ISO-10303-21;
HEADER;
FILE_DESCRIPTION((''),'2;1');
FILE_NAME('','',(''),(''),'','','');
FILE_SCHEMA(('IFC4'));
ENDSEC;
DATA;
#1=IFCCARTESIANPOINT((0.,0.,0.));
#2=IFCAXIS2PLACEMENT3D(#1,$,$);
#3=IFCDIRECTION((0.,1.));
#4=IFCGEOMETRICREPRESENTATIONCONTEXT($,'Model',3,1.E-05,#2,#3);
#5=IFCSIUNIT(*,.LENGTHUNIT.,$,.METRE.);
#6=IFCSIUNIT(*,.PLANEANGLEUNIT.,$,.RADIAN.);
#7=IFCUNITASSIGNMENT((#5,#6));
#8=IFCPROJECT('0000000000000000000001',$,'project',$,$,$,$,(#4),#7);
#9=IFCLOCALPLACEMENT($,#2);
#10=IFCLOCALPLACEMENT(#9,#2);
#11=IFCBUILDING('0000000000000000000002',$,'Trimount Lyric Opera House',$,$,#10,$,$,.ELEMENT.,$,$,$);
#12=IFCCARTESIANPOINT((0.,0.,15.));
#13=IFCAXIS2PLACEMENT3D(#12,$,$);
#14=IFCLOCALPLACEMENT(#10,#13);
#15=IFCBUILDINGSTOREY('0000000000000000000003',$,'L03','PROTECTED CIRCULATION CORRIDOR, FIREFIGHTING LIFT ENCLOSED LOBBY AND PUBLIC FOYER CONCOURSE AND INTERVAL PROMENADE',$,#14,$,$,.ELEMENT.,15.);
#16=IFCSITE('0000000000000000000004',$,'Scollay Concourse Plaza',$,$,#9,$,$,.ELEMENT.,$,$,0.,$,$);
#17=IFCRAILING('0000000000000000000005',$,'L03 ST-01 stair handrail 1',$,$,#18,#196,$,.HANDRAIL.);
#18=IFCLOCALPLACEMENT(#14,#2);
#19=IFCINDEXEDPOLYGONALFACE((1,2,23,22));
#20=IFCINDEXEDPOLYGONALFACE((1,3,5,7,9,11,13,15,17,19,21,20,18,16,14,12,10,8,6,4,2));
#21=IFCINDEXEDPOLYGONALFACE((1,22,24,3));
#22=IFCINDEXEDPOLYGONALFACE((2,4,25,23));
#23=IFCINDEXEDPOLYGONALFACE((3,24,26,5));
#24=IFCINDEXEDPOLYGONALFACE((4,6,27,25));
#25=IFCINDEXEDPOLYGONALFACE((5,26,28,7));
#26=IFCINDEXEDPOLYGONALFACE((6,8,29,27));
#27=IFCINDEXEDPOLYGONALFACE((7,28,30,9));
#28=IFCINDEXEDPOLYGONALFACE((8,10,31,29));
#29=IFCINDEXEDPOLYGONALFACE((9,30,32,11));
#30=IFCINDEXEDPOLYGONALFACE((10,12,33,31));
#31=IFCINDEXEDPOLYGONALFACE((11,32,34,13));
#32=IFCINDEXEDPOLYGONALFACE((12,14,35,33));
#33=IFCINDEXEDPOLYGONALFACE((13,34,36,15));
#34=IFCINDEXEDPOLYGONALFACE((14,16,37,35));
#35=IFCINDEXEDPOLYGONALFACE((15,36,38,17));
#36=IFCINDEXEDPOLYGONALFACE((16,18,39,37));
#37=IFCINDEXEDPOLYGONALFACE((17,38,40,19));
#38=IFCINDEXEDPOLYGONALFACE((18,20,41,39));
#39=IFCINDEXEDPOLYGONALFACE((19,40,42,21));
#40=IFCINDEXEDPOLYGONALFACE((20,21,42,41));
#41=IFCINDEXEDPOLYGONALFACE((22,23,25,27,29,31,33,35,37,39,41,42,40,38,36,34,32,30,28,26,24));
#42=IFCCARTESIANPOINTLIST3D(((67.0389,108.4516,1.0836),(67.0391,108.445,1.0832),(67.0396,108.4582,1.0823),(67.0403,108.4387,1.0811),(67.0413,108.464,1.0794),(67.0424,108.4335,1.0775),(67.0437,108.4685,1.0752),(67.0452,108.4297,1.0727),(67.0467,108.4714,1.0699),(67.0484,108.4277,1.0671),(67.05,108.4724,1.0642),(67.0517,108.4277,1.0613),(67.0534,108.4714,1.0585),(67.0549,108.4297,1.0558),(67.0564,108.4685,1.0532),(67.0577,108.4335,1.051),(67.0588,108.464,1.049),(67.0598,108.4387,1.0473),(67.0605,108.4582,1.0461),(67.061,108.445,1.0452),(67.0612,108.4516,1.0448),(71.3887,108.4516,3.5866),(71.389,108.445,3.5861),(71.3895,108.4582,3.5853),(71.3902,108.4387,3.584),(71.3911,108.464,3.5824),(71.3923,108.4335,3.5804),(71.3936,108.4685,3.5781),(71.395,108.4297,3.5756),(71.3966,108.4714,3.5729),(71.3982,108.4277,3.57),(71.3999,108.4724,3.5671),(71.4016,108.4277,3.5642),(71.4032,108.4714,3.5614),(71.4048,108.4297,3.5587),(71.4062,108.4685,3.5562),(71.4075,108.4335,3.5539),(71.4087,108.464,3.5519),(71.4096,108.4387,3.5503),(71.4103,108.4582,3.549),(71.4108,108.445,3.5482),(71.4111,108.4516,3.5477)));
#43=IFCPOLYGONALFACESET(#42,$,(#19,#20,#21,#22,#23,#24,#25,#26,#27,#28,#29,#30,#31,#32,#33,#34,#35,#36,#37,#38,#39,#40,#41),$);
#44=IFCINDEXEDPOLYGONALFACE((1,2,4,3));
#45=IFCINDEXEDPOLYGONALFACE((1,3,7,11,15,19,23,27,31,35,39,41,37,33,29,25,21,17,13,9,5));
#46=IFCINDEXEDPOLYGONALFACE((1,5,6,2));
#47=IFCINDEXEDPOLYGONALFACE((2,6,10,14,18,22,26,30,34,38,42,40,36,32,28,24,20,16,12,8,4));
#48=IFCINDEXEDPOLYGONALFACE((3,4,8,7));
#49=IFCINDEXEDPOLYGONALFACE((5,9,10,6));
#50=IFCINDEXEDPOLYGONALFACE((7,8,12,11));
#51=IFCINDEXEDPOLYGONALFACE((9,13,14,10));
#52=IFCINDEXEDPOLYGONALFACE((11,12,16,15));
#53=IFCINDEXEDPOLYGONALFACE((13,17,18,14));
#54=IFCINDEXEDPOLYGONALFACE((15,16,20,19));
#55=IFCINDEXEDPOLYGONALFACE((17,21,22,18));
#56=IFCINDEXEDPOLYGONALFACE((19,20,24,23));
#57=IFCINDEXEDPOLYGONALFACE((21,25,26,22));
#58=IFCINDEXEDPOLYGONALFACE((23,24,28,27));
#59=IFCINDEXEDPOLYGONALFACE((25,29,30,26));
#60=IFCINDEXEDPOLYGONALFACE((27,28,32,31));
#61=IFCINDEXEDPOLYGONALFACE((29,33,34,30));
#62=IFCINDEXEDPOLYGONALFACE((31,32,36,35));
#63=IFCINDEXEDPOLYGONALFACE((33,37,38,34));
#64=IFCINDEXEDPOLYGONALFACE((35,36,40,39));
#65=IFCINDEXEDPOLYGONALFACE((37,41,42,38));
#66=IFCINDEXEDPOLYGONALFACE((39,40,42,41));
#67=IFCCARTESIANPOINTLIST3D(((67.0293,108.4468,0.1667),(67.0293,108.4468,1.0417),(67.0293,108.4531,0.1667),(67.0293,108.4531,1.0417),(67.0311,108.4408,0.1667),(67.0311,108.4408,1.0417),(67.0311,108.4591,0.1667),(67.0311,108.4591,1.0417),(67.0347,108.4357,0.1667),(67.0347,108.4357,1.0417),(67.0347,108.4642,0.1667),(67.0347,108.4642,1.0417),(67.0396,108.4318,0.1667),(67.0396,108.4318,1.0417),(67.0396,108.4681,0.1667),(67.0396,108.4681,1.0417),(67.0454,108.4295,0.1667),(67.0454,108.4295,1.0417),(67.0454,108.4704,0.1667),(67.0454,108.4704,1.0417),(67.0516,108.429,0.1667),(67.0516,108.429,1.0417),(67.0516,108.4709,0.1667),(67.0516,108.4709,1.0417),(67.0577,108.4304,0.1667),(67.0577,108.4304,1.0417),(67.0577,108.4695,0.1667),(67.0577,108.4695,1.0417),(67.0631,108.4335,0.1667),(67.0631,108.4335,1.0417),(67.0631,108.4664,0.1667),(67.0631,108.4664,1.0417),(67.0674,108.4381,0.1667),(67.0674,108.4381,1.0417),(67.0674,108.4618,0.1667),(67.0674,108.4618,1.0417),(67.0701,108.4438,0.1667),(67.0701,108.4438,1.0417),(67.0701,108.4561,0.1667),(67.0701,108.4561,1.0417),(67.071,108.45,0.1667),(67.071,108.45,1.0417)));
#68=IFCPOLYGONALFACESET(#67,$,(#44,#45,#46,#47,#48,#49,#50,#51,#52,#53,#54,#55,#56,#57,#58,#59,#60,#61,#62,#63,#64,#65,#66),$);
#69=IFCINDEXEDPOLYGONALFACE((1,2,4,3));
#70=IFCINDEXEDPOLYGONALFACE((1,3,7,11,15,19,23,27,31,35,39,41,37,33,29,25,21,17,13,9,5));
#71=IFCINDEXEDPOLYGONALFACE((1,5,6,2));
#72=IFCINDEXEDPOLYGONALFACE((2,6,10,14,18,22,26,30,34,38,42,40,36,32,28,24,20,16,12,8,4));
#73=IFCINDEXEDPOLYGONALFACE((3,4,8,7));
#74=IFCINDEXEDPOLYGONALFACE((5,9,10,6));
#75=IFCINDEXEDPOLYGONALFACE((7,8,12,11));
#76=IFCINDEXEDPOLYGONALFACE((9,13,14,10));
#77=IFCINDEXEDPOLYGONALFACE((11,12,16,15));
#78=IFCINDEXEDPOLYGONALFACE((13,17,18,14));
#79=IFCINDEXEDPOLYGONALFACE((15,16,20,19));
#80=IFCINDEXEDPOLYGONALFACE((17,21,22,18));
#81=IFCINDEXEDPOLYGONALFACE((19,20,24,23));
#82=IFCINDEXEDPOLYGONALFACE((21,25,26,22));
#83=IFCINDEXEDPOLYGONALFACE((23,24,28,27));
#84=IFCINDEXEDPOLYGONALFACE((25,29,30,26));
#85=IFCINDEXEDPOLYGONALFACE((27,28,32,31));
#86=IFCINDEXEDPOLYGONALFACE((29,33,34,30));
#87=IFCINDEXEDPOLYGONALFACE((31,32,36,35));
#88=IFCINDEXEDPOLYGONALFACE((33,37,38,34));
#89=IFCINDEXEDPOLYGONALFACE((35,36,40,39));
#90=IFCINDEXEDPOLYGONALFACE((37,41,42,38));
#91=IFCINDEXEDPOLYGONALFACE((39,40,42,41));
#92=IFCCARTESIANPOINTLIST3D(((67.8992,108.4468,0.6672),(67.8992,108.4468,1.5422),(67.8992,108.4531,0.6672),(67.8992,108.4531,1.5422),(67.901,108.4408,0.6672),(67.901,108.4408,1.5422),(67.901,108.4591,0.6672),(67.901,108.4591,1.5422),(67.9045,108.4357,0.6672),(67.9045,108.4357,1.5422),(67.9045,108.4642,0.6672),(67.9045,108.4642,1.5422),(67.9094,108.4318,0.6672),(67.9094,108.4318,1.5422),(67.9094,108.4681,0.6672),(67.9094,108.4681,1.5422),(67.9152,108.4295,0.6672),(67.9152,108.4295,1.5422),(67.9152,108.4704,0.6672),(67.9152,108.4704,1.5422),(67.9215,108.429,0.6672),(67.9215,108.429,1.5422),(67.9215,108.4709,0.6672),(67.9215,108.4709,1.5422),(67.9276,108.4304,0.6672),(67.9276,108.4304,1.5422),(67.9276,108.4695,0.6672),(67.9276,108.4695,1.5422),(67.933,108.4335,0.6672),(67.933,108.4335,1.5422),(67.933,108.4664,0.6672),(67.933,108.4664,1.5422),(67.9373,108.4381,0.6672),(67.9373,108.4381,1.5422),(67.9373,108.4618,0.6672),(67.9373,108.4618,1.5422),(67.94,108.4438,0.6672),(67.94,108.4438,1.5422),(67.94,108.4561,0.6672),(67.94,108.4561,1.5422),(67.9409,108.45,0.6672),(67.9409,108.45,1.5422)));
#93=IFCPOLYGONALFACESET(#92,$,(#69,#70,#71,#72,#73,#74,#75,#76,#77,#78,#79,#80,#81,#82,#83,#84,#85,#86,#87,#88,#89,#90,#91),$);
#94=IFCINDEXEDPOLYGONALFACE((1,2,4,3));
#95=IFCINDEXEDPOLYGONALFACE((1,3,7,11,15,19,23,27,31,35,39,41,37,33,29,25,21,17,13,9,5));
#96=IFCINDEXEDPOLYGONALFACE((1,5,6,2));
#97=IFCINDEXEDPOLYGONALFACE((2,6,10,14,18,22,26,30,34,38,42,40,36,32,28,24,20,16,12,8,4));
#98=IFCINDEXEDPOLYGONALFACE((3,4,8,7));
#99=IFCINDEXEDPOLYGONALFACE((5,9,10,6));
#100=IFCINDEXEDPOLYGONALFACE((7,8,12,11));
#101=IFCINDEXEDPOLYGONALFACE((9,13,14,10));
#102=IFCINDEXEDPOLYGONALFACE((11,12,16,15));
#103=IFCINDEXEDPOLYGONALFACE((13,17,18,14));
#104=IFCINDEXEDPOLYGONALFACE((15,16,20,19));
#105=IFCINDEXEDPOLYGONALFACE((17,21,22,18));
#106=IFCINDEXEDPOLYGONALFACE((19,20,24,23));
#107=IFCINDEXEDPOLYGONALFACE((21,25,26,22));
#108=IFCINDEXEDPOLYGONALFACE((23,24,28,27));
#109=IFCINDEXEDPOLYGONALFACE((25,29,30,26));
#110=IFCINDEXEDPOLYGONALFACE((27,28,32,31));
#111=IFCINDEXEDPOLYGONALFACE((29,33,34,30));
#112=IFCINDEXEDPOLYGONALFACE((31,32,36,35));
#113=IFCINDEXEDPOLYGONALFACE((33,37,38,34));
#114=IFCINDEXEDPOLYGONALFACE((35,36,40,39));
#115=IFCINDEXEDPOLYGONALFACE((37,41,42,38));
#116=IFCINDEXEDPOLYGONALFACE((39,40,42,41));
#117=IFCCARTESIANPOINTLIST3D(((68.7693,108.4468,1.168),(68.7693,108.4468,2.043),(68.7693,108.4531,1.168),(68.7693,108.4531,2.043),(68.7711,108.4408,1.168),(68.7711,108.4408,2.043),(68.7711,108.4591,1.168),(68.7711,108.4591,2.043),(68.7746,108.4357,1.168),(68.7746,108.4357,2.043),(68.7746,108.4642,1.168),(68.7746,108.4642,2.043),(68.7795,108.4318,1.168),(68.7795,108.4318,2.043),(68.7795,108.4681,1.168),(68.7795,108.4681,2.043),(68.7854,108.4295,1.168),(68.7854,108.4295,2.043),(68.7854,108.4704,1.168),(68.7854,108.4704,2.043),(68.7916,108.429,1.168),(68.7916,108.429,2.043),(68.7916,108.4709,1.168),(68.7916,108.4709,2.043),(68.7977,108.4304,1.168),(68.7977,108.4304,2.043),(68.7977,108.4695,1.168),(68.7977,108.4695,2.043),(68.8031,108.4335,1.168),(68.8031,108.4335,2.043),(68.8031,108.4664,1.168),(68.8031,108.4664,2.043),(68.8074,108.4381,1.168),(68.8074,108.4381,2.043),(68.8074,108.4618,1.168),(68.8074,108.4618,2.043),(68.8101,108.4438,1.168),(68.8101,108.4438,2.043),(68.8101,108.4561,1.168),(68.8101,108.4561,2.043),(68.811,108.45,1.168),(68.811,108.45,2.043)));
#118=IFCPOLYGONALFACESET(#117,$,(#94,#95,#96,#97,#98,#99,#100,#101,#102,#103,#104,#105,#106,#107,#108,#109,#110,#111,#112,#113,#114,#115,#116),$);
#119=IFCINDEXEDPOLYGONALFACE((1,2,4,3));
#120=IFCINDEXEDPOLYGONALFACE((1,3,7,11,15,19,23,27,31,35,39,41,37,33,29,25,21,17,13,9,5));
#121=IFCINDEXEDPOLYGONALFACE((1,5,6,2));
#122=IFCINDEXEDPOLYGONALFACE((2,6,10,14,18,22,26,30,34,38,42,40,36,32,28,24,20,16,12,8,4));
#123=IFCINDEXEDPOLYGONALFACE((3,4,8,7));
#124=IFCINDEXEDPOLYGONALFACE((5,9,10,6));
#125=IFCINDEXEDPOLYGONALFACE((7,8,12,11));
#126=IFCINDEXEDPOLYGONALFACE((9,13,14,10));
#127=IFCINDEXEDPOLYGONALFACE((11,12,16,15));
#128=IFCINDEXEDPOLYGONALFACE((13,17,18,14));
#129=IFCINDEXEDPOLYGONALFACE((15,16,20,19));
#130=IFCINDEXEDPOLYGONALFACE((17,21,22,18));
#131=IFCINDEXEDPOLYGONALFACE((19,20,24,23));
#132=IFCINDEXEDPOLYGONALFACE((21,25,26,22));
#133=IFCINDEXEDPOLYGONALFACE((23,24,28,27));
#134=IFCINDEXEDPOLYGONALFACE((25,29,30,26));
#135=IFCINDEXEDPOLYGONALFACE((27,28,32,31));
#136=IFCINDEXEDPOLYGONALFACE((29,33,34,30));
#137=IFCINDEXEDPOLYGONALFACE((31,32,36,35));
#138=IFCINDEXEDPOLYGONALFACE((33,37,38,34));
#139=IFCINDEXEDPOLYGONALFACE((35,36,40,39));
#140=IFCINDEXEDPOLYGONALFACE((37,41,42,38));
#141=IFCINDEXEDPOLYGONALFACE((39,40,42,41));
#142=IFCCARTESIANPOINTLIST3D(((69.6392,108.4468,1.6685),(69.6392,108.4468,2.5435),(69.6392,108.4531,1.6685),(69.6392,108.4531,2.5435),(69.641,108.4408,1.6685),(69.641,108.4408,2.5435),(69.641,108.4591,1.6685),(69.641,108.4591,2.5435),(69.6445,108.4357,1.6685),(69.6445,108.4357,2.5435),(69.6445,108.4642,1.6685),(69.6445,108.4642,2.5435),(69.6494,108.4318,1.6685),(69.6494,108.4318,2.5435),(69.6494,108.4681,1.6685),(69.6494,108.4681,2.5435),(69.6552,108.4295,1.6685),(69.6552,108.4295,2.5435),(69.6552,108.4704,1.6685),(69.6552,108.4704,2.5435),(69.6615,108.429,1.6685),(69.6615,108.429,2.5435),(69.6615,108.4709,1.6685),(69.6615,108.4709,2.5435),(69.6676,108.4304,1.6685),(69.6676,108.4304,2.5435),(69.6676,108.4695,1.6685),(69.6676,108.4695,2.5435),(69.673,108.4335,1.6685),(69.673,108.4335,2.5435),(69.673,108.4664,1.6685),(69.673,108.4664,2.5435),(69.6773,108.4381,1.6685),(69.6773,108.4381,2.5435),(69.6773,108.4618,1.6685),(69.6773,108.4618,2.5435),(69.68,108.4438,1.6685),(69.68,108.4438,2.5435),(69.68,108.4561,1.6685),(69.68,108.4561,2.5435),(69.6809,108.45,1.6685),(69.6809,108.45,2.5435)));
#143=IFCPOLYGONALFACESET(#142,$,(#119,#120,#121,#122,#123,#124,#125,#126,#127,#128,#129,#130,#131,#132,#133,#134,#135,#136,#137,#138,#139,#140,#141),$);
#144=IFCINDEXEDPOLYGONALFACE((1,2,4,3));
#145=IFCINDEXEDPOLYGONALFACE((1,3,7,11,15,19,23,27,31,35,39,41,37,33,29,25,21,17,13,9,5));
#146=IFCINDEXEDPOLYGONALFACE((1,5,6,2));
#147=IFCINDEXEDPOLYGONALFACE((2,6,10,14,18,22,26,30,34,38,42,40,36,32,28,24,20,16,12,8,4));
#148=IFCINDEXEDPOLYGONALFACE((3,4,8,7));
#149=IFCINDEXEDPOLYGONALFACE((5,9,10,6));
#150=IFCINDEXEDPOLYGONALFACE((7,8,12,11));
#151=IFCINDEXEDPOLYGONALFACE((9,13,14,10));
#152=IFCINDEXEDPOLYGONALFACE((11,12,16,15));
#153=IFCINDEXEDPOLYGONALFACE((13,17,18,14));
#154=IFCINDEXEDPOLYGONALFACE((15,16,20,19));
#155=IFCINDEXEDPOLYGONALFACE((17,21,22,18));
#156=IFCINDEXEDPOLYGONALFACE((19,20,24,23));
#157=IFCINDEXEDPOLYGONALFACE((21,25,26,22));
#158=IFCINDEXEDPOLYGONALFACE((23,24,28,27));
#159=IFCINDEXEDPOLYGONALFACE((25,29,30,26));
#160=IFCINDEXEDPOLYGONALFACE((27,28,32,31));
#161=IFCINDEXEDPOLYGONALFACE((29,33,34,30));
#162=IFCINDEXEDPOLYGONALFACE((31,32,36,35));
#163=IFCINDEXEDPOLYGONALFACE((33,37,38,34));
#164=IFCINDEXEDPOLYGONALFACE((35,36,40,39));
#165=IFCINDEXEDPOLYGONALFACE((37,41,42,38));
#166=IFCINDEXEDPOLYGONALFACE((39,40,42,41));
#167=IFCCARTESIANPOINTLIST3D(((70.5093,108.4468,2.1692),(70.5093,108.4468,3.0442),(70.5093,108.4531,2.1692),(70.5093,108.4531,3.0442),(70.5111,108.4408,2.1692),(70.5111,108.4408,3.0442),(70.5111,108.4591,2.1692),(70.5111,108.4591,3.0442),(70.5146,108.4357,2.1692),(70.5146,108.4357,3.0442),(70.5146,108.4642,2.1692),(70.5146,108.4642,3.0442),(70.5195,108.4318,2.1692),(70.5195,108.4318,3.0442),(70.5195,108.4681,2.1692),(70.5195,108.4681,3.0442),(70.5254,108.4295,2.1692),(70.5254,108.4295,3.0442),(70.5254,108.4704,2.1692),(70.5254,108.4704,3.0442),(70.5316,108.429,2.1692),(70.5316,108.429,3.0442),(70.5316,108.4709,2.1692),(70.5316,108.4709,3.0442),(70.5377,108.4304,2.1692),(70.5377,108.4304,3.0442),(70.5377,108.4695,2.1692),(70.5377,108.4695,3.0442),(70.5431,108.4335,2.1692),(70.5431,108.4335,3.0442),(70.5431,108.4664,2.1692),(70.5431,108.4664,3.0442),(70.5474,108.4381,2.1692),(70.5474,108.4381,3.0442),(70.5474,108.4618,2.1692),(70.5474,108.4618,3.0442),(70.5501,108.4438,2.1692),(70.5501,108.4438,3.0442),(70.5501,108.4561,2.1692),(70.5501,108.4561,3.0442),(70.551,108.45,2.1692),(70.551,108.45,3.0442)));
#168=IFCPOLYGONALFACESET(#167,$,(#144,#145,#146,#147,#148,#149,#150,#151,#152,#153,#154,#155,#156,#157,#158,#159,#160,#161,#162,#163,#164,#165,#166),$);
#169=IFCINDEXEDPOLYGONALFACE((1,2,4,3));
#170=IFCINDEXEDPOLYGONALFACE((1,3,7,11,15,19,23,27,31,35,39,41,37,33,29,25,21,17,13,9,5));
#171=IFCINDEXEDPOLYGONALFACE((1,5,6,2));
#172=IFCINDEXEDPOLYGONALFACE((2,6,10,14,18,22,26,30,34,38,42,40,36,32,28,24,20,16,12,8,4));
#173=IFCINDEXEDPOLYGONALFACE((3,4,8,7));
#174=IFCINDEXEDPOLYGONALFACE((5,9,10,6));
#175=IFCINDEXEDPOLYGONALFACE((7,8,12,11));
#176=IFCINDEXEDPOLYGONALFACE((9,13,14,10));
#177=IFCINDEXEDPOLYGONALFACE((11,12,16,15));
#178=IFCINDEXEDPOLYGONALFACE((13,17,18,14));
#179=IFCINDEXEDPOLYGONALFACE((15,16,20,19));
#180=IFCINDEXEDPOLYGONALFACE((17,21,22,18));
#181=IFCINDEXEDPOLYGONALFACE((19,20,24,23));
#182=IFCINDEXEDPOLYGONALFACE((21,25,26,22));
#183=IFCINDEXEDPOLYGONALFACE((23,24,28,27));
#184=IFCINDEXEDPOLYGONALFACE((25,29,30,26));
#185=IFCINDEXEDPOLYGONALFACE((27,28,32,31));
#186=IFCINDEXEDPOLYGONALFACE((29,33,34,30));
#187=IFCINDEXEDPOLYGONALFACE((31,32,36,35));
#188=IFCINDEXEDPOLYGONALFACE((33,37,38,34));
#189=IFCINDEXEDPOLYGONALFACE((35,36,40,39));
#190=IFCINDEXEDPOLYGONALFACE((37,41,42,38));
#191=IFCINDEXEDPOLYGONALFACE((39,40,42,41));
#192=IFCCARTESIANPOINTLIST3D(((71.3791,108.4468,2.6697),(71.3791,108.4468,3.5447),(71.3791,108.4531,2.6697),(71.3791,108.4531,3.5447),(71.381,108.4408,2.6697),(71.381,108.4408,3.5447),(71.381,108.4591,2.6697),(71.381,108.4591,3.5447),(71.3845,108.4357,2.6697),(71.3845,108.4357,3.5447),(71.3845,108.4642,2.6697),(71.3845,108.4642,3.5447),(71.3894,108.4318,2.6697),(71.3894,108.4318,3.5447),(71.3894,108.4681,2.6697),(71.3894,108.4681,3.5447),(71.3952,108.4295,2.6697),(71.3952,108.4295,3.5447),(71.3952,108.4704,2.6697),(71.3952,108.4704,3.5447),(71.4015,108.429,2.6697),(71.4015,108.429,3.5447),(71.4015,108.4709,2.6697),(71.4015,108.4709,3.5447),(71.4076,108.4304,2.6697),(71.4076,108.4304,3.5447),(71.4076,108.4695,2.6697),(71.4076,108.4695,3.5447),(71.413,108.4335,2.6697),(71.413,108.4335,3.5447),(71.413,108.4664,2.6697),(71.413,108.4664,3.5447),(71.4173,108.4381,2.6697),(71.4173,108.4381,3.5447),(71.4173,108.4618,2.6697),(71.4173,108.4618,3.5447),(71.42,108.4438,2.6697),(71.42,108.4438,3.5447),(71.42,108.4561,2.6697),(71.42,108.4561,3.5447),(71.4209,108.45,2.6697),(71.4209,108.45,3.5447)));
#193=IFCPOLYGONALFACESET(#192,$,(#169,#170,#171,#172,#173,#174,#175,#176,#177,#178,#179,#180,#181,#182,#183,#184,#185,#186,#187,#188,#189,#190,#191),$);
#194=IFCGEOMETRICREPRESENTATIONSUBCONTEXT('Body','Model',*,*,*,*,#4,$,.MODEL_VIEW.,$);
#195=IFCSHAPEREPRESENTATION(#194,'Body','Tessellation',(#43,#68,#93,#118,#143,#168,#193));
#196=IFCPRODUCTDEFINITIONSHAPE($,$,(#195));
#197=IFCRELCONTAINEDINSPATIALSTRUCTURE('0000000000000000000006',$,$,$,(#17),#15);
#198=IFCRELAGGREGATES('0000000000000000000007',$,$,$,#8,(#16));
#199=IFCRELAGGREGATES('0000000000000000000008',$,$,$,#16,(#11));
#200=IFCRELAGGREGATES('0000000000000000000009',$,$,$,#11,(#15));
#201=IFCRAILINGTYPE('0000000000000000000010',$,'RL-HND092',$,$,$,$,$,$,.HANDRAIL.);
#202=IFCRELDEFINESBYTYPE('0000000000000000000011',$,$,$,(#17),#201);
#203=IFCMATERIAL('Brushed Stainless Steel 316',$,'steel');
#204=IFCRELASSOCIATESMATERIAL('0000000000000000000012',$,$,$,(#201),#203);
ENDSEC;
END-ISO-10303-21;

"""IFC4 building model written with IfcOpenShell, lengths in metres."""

from ifc_helpers import new_model, si_unit, direction, frame, origin, origin_2d, place, context, subcontext, project, spatial, circle, extrude, material, type_object, element, save


model = new_model("IFC4")

# Units and contexts
model_context = context("Model", 3, precision=1e-05, world=origin(), true_north=direction((0.0, 1.0)))
body_context = subcontext(model_context, "Body", "Model", "MODEL_VIEW")
ifc_project = project(units=[si_unit("LENGTHUNIT", "METRE"), si_unit("PLANEANGLEUNIT", "RADIAN")], contexts=[model_context])

# Site, building, storey
site_placement = place(None, origin())
site = spatial("IfcSite", under=ifc_project, at=site_placement, Name="Scollay Concourse Plaza", CompositionType="ELEMENT", RefElevation=0.0)
building_placement = place(site_placement, origin())
building = spatial("IfcBuilding", under=site, at=building_placement, Name="Trimount Lyric Opera House", CompositionType="ELEMENT")
storey_placement = place(building_placement, frame((0.0, 0.0, 15.0)))
storey = spatial("IfcBuildingStorey", under=building, at=storey_placement, Name="L03", Description="PROTECTED CIRCULATION CORRIDOR, FIREFIGHTING LIFT ENCLOSED LOBBY AND PUBLIC FOYER CONCOURSE AND INTERVAL PROMENADE", CompositionType="ELEMENT", Elevation=15.0)

# Railing
ifc_material_1 = material(Name="Brushed Stainless Steel 316", Category="steel")
railing_type_1 = type_object("IfcRailingType", Name="RL-HND092", PredefinedType="HANDRAIL", material=ifc_material_1)
railing_1_placement = place(storey_placement, frame((67.05, 108.45, 0.1667)))
element("IfcRailing", 1, at=railing_1_placement, inside=storey, type_object=railing_type_1, Name="L03 ST-01 stair handrail 1", PredefinedType="HANDRAIL", context=body_context, shape_type="SweptSolid", body=[
    extrude(circle(Radius=0.0225, at=origin_2d()), frame((0.0, 0.0, 0.8975), z_axis=(0.866754, 0.0, 0.498735), x_axis=(0.0, 1.0, 0.0)), (0.0, 0.0, 1.0), 5.0186),
    extrude(circle(Radius=0.021, at=origin_2d()), origin(), (0.0, 0.0, 1.0), 0.875),
    extrude(circle(Radius=0.021, at=origin_2d()), frame((0.8699, 0.0, 0.5005)), (0.0, 0.0, 1.0), 0.875),
    extrude(circle(Radius=0.021, at=origin_2d()), frame((1.74, 0.0, 1.0012)), (0.0, 0.0, 1.0), 0.875),
    extrude(circle(Radius=0.021, at=origin_2d()), frame((2.6099, 0.0, 1.5017)), (0.0, 0.0, 1.0), 0.875),
    extrude(circle(Radius=0.021, at=origin_2d()), frame((3.48, 0.0, 2.0024)), (0.0, 0.0, 1.0), 0.875),
    extrude(circle(Radius=0.021, at=origin_2d()), frame((4.3499, 0.0, 2.5029)), (0.0, 0.0, 1.0), 0.875),
])

save(model, "model.ifc")
